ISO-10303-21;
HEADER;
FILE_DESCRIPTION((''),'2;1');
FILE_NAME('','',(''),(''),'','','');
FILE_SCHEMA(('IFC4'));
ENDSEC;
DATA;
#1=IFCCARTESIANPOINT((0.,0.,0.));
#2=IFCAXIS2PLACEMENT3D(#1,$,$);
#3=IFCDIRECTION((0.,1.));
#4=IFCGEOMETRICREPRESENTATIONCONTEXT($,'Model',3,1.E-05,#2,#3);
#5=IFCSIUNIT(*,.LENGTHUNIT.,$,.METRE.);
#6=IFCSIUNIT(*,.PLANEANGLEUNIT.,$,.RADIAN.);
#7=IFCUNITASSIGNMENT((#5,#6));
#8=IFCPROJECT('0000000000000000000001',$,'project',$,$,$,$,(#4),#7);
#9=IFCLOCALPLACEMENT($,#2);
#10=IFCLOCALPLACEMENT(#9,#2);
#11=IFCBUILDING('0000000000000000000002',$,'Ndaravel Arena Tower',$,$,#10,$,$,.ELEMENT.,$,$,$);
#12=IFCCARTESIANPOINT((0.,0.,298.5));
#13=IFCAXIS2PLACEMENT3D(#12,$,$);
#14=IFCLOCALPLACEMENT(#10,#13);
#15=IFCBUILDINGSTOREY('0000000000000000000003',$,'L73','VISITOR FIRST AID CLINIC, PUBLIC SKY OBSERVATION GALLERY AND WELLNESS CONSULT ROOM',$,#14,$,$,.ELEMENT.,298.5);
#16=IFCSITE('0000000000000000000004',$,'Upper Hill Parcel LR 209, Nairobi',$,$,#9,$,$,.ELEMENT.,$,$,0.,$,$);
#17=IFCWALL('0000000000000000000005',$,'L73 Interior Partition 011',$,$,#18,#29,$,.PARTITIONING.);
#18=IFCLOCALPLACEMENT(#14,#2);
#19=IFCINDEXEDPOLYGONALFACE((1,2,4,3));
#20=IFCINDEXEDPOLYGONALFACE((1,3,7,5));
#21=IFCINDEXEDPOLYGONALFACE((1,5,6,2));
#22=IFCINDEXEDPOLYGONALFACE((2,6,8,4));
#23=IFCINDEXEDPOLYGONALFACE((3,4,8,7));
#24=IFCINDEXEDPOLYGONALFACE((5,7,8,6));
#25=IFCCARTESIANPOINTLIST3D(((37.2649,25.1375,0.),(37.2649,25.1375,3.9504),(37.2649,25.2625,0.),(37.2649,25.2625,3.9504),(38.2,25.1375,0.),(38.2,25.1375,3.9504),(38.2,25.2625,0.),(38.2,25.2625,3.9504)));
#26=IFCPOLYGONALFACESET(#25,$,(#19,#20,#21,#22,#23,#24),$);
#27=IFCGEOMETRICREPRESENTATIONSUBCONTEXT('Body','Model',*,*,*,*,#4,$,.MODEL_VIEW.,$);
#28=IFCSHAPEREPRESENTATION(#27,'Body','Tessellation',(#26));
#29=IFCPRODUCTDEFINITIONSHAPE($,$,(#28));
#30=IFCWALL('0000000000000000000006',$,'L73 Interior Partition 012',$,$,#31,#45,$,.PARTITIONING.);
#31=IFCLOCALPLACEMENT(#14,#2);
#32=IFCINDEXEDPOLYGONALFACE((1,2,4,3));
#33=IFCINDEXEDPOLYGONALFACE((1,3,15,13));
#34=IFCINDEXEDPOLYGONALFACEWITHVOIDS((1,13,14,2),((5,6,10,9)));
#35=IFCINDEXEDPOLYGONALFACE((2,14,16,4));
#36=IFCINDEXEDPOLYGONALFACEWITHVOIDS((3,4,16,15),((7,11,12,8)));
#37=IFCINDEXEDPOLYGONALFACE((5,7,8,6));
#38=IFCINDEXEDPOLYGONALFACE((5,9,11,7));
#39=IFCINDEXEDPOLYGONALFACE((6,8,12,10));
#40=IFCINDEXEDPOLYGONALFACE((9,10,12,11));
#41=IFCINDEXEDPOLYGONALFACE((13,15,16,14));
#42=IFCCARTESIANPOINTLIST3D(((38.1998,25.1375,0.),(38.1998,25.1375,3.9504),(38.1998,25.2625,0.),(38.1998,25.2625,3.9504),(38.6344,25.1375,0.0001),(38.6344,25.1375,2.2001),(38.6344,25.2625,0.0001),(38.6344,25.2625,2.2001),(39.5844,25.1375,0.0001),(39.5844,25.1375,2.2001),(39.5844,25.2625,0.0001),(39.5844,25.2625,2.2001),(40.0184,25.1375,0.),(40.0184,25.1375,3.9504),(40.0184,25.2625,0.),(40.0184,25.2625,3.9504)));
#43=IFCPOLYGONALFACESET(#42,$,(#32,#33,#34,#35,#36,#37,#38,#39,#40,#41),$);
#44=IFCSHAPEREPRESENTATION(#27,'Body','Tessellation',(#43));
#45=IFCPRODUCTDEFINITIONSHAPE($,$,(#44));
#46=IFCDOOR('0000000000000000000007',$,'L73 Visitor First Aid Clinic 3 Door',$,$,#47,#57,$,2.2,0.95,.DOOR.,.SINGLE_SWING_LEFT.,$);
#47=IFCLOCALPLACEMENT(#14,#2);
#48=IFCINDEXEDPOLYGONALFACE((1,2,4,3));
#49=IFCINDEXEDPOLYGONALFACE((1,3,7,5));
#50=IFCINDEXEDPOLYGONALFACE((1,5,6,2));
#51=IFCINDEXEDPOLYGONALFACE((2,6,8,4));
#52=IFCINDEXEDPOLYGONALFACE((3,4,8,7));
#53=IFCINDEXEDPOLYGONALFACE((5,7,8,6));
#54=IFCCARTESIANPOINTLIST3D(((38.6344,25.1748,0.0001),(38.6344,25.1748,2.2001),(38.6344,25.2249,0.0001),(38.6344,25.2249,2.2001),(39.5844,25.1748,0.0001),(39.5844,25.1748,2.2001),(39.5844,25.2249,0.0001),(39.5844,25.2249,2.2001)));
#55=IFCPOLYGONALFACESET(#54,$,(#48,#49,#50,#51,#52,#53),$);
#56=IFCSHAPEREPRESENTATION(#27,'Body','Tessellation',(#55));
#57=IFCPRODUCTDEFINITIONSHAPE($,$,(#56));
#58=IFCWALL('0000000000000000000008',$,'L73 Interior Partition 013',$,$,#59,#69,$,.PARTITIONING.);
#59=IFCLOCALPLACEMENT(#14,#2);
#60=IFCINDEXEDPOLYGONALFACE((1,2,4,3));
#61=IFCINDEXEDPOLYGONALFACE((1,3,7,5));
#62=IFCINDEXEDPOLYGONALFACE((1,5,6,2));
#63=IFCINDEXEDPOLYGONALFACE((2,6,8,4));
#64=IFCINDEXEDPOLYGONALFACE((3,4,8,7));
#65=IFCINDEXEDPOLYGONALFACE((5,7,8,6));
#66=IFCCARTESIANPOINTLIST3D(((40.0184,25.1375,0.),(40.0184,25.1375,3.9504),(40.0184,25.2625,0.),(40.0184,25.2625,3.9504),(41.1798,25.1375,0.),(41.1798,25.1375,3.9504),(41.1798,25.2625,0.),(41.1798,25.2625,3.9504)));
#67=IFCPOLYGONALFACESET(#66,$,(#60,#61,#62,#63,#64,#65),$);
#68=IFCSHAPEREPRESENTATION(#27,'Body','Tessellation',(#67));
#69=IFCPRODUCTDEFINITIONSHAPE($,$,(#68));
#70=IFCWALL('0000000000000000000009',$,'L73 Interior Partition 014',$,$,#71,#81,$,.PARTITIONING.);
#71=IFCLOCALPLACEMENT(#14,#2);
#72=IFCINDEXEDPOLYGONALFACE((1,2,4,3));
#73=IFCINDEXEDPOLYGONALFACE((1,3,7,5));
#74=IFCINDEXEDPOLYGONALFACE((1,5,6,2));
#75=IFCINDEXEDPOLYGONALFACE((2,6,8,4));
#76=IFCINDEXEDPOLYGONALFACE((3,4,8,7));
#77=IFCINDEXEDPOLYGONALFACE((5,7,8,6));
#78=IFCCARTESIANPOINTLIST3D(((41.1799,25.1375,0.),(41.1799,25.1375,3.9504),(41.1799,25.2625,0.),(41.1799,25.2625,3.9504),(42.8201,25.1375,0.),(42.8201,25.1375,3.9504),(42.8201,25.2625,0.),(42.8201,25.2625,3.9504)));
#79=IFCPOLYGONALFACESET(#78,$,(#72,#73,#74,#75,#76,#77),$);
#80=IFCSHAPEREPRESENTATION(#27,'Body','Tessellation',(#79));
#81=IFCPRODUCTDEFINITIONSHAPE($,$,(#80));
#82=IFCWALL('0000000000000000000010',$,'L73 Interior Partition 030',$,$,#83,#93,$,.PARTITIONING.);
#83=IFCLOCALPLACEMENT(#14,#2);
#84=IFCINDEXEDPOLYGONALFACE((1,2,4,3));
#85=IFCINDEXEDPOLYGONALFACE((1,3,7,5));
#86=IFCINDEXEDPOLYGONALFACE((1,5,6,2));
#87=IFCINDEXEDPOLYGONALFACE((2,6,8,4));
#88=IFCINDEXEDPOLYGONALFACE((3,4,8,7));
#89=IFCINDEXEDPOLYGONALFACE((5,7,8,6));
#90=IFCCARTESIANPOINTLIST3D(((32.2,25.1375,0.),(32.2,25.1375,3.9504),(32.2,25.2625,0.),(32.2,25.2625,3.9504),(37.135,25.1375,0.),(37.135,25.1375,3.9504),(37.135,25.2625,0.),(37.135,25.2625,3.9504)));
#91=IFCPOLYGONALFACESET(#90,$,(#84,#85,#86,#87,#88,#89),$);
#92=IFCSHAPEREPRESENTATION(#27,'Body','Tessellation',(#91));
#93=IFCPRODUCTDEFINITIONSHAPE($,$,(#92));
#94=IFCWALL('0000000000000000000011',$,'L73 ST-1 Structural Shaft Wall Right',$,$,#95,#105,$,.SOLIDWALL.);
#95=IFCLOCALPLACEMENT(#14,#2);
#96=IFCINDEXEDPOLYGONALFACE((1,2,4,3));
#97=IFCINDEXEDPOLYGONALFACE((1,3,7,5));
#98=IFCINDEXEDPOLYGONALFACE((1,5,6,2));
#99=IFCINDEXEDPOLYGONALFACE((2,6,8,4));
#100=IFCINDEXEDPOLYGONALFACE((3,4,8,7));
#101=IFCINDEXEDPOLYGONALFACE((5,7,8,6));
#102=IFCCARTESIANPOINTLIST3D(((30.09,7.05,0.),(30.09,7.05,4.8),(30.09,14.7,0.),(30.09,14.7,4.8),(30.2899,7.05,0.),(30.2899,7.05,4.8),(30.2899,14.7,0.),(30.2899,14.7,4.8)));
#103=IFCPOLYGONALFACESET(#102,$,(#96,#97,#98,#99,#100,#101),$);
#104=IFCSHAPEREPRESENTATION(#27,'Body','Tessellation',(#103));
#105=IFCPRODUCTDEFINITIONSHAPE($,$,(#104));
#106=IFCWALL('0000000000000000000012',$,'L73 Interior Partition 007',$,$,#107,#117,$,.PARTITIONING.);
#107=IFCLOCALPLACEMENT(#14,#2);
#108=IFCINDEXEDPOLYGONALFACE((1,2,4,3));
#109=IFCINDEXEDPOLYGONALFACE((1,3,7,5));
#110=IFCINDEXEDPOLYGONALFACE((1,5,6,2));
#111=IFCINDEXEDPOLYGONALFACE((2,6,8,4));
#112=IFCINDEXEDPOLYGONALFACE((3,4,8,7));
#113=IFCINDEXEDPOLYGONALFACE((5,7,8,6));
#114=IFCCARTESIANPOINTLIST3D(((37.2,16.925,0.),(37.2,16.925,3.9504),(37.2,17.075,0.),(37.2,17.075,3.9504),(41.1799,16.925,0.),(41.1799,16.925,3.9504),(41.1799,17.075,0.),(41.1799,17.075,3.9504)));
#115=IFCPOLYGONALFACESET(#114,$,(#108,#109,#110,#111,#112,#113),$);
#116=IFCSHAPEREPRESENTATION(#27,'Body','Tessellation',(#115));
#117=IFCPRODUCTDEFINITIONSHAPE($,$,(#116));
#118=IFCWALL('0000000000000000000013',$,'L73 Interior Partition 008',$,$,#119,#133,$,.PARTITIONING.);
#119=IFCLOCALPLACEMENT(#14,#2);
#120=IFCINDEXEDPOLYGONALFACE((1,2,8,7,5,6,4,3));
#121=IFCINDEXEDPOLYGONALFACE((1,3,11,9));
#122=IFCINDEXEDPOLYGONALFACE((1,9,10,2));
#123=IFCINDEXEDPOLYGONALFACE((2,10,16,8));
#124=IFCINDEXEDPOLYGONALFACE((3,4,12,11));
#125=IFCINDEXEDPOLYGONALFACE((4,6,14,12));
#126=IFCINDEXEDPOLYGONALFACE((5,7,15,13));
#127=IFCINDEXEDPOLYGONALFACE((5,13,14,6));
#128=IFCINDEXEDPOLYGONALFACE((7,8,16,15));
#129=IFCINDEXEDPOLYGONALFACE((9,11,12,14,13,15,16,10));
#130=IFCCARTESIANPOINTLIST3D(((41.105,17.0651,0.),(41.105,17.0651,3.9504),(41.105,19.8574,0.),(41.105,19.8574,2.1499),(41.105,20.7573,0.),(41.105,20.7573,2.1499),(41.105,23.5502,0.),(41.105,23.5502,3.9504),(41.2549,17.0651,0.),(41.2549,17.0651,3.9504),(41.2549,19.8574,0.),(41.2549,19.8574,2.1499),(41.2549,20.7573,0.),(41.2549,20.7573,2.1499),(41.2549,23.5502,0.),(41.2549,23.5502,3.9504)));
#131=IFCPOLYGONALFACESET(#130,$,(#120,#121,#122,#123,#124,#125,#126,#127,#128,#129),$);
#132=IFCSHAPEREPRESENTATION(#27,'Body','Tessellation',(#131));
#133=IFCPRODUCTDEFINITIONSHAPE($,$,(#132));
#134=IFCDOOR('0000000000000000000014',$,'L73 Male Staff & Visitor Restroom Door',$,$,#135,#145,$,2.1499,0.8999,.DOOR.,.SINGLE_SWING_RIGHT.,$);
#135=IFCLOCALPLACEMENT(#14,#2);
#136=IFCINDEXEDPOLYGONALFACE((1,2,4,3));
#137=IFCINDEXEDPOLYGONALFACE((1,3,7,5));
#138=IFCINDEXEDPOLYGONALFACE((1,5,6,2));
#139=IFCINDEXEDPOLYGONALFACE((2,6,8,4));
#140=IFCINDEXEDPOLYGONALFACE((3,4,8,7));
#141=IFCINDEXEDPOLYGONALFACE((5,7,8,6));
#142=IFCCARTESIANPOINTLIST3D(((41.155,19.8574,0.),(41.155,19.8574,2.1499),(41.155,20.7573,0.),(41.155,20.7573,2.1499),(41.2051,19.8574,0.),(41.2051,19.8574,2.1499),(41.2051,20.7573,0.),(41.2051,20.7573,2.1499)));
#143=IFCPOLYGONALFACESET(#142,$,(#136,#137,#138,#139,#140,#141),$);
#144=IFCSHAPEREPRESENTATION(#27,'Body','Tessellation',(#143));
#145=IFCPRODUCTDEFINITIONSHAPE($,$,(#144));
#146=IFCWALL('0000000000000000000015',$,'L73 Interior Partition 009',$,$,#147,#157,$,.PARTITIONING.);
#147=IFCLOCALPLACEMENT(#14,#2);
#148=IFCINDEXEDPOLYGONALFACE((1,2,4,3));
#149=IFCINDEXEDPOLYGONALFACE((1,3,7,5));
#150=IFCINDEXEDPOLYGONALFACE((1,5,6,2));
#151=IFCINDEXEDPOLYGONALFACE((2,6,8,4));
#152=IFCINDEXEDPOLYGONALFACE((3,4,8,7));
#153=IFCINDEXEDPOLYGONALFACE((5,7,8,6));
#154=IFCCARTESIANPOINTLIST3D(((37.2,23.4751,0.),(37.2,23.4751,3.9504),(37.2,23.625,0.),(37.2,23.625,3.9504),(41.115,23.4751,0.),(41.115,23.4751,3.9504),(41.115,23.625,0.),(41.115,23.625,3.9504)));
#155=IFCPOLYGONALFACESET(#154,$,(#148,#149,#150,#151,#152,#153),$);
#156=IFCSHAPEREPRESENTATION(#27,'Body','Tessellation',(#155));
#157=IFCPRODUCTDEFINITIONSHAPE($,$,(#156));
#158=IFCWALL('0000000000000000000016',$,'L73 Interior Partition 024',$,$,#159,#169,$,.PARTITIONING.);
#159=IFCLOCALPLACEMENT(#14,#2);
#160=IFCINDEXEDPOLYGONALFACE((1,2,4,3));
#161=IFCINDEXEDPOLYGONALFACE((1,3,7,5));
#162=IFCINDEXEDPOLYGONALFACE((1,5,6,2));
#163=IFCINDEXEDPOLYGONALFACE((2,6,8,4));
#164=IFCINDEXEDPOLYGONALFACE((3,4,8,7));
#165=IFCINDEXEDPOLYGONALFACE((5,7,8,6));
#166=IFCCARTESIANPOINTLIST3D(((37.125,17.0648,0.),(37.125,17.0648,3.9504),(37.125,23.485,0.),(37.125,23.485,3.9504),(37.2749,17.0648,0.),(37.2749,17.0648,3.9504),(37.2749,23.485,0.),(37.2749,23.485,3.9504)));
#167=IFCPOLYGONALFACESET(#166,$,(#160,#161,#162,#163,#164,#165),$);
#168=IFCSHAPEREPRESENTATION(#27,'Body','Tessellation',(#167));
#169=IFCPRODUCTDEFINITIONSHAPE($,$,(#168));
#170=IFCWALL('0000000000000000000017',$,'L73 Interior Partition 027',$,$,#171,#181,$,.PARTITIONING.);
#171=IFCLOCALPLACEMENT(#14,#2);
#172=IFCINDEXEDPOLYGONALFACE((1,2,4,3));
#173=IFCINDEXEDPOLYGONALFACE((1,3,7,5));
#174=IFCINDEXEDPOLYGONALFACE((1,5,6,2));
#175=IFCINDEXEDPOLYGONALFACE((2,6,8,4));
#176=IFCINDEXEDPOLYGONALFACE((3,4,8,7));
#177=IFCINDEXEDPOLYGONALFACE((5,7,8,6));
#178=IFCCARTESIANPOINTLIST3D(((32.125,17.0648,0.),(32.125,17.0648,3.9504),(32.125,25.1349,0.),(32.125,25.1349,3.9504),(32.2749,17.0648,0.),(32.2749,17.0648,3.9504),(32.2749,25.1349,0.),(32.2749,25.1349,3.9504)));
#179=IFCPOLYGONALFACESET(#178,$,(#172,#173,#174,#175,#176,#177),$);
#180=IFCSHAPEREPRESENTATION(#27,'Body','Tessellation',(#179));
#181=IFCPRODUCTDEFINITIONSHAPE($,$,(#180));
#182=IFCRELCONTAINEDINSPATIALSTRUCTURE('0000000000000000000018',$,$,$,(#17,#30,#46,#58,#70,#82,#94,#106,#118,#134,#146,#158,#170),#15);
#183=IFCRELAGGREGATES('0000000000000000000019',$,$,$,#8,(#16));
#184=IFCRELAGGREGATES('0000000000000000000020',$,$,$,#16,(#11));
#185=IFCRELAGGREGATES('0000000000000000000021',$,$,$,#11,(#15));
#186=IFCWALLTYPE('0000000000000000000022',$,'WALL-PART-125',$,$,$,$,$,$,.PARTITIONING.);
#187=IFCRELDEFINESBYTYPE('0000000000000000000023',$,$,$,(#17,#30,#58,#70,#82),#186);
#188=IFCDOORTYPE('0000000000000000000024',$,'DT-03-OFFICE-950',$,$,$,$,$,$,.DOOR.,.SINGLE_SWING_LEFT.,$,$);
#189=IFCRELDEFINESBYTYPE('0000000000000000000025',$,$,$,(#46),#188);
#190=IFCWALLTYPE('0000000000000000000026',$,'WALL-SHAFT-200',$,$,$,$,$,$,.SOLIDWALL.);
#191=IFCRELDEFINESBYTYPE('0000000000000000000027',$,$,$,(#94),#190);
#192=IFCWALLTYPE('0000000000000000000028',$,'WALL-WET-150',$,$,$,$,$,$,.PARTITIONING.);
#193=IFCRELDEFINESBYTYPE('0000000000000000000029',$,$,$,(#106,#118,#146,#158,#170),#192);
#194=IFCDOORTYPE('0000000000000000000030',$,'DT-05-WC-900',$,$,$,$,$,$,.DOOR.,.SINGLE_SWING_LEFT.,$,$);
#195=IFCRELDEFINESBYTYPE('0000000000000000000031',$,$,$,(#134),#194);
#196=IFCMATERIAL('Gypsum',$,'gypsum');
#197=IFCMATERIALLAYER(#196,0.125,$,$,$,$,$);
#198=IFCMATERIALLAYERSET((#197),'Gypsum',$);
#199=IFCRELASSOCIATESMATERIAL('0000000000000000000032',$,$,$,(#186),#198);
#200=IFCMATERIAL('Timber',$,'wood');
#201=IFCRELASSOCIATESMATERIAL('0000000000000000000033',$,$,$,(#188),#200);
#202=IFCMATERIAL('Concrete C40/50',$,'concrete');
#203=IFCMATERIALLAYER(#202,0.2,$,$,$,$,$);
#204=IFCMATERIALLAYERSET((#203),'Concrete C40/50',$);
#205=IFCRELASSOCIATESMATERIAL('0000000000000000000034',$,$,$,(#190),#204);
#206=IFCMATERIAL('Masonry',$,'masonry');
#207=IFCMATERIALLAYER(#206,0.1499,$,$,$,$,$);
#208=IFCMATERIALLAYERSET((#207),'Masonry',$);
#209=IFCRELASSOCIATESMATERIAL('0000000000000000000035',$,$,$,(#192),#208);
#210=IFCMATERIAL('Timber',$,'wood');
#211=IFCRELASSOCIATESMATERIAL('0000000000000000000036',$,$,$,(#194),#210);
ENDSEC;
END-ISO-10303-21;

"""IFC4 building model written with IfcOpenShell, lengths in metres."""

from ifc_helpers import new_model, si_unit, direction, frame, frame_2d, origin, place, context, subcontext, project, spatial, rectangle, extrude, material, layer, layer_set, type_object, element, fill, save


model = new_model("IFC4")

# Units and contexts
model_context = context("Model", 3, precision=1e-05, world=origin(), true_north=direction((0.0, 1.0)))
body_context = subcontext(model_context, "Body", "Model", "MODEL_VIEW")
ifc_project = project(units=[si_unit("LENGTHUNIT", "METRE"), si_unit("PLANEANGLEUNIT", "RADIAN")], contexts=[model_context])

# Site, building, storey
site_placement = place(None, origin())
site = spatial("IfcSite", under=ifc_project, at=site_placement, Name="Upper Hill Parcel LR 209, Nairobi", CompositionType="ELEMENT", RefElevation=0.0)
building_placement = place(site_placement, origin())
building = spatial("IfcBuilding", under=site, at=building_placement, Name="Ndaravel Arena Tower", CompositionType="ELEMENT")
storey_placement = place(building_placement, frame((0.0, 0.0, 298.5)))
storey = spatial("IfcBuildingStorey", under=building, at=storey_placement, Name="L73", Description="VISITOR FIRST AID CLINIC, PUBLIC SKY OBSERVATION GALLERY AND WELLNESS CONSULT ROOM", CompositionType="ELEMENT", Elevation=298.5)

# Shared definitions
ifc_material_1 = material(Name="Gypsum", Category="gypsum")
ifc_layer_1 = layer(ifc_material_1, 0.125)
ifc_layer_set_1 = layer_set([ifc_layer_1], Name="Gypsum")
wall_type_1 = type_object("IfcWallType", Name="WALL-PART-125", PredefinedType="PARTITIONING", material=ifc_layer_set_1)

# Wall
wall_1_placement = place(storey_placement, frame((37.2649, 25.2, 0.0), z_axis=(0.0, 0.0, 1.0), x_axis=(1.0, 0.0, 0.0)))
element("IfcWall", 1, at=wall_1_placement, inside=storey, type_object=wall_type_1, Name="L73 Interior Partition 011", PredefinedType="PARTITIONING", context=body_context, shape_type="SweptSolid", body=[
    extrude(rectangle(XDim=0.9351, YDim=0.125, at=frame_2d((0.4675, 0.0))), origin(), (0.0, 0.0, 1.0), 3.9504),
])

# Wall, opening, door
wall_2_placement = place(storey_placement, frame((38.2, 25.2, 0.0), z_axis=(0.0, 0.0, 1.0), x_axis=(1.0, 0.0, 0.0)))
wall_2 = element("IfcWall", 2, at=wall_2_placement, inside=storey, type_object=wall_type_1, Name="L73 Interior Partition 012", PredefinedType="PARTITIONING", context=body_context, shape_type="SweptSolid", body=[
    extrude(rectangle(XDim=1.8186, YDim=0.125, at=frame_2d((0.9092, 0.0))), origin(), (0.0, 0.0, 1.0), 3.9504),
])
opening_1_placement = place(wall_2_placement, frame((0.4343, 0.0, 0.0)))
opening_1 = element("IfcOpeningElement", 3, at=opening_1_placement, cuts=wall_2, PredefinedType="OPENING", context=body_context, shape_type="SweptSolid", body=[
    extrude(rectangle(XDim=0.95, YDim=2.2, at=frame_2d((0.4751, 1.1001))), frame((0.0, 0.0625, 0.0), z_axis=(0.0, -1.0, 0.0), x_axis=(1.0, 0.0, 0.0)), (0.0, 0.0, 1.0), 0.125),
])
ifc_material_2 = material(Name="Timber", Category="wood")
door_type_1 = type_object("IfcDoorType", Name="DT-03-OFFICE-950", OperationType="SINGLE_SWING_LEFT", PredefinedType="DOOR", material=ifc_material_2)
door_1_placement = place(opening_1_placement, origin())
door_1 = element("IfcDoor", 4, at=door_1_placement, inside=storey, type_object=door_type_1, Name="L73 Visitor First Aid Clinic 3 Door", OperationType="SINGLE_SWING_LEFT", OverallHeight=2.2, OverallWidth=0.95, PredefinedType="DOOR", context=body_context, shape_type="SweptSolid", body=[
    extrude(rectangle(XDim=0.95, YDim=2.2, at=frame_2d((0.4751, 1.1001))), frame((0.0, 0.0249, 0.0), z_axis=(0.0, -1.0, 0.0), x_axis=(1.0, 0.0, 0.0)), (0.0, 0.0, 1.0), 0.05),
])
fill(opening_1, door_1)

# Walls
wall_3_placement = place(storey_placement, frame((40.0186, 25.2, 0.0), z_axis=(0.0, 0.0, 1.0), x_axis=(1.0, 0.0, 0.0)))
element("IfcWall", 5, at=wall_3_placement, inside=storey, type_object=wall_type_1, Name="L73 Interior Partition 013", PredefinedType="PARTITIONING", context=body_context, shape_type="SweptSolid", body=[
    extrude(rectangle(XDim=1.1614, YDim=0.125, at=frame_2d((0.5806, 0.0))), origin(), (0.0, 0.0, 1.0), 3.9504),
])
wall_4_placement = place(storey_placement, frame((41.1799, 25.2, 0.0), z_axis=(0.0, 0.0, 1.0), x_axis=(1.0, 0.0, 0.0)))
element("IfcWall", 6, at=wall_4_placement, inside=storey, type_object=wall_type_1, Name="L73 Interior Partition 014", PredefinedType="PARTITIONING", context=body_context, shape_type="SweptSolid", body=[
    extrude(rectangle(XDim=1.6401, YDim=0.125, at=frame_2d((0.8201, 0.0))), origin(), (0.0, 0.0, 1.0), 3.9504),
])
wall_5_placement = place(storey_placement, frame((32.2, 25.2, 0.0), z_axis=(0.0, 0.0, 1.0), x_axis=(1.0, 0.0, 0.0)))
element("IfcWall", 7, at=wall_5_placement, inside=storey, type_object=wall_type_1, Name="L73 Interior Partition 030", PredefinedType="PARTITIONING", context=body_context, shape_type="SweptSolid", body=[
    extrude(rectangle(XDim=4.9351, YDim=0.125, at=frame_2d((2.4675, 0.0))), origin(), (0.0, 0.0, 1.0), 3.9504),
])
ifc_material_3 = material(Name="Concrete C40/50", Category="concrete")
ifc_layer_2 = layer(ifc_material_3, 0.2)
ifc_layer_set_2 = layer_set([ifc_layer_2], Name="Concrete C40/50")
wall_type_2 = type_object("IfcWallType", Name="WALL-SHAFT-200", PredefinedType="SOLIDWALL", material=ifc_layer_set_2)
wall_6_placement = place(storey_placement, frame((30.1899, 14.7, 0.0), z_axis=(0.0, 0.0, 1.0), x_axis=(0.0, -1.0, 0.0)))
element("IfcWall", 8, at=wall_6_placement, inside=storey, type_object=wall_type_2, Name="L73 ST-1 Structural Shaft Wall Right", PredefinedType="SOLIDWALL", context=body_context, shape_type="SweptSolid", body=[
    extrude(rectangle(XDim=7.6499, YDim=0.2, at=frame_2d((3.825, 0.0))), origin(), (0.0, 0.0, 1.0), 4.8),
])
ifc_material_4 = material(Name="Masonry", Category="masonry")
ifc_layer_3 = layer(ifc_material_4, 0.1499)
ifc_layer_set_3 = layer_set([ifc_layer_3], Name="Masonry")
wall_type_3 = type_object("IfcWallType", Name="WALL-WET-150", PredefinedType="PARTITIONING", material=ifc_layer_set_3)
wall_7_placement = place(storey_placement, frame((37.2, 17.0, 0.0), z_axis=(0.0, 0.0, 1.0), x_axis=(1.0, 0.0, 0.0)))
element("IfcWall", 9, at=wall_7_placement, inside=storey, type_object=wall_type_3, Name="L73 Interior Partition 007", PredefinedType="PARTITIONING", context=body_context, shape_type="SweptSolid", body=[
    extrude(rectangle(XDim=3.98, YDim=0.1499, at=frame_2d((1.99, 0.0))), origin(), (0.0, 0.0, 1.0), 3.9504),
])

# Wall, opening, door
wall_8_placement = place(storey_placement, frame((41.1799, 17.0649, 0.0), z_axis=(0.0, 0.0, 1.0), x_axis=(0.0, 1.0, 0.0)))
wall_8 = element("IfcWall", 10, at=wall_8_placement, inside=storey, type_object=wall_type_3, Name="L73 Interior Partition 008", PredefinedType="PARTITIONING", context=body_context, shape_type="SweptSolid", body=[
    extrude(rectangle(XDim=6.4851, YDim=0.1499, at=frame_2d((3.2427, 0.0))), origin(), (0.0, 0.0, 1.0), 3.9504),
])
opening_2_placement = place(wall_8_placement, frame((2.7925, 0.0, 0.0)))
opening_2 = element("IfcOpeningElement", 11, at=opening_2_placement, cuts=wall_8, PredefinedType="OPENING", context=body_context, shape_type="SweptSolid", body=[
    extrude(rectangle(XDim=0.8999, YDim=2.1499, at=frame_2d((0.45, 1.075))), frame((0.0, 0.075, 0.0), z_axis=(0.0, -1.0, 0.0), x_axis=(1.0, 0.0, 0.0)), (0.0, 0.0, 1.0), 0.1499),
])
ifc_material_5 = material(Name="Timber", Category="wood")
door_type_2 = type_object("IfcDoorType", Name="DT-05-WC-900", OperationType="SINGLE_SWING_LEFT", PredefinedType="DOOR", material=ifc_material_5)
door_2_placement = place(opening_2_placement, origin())
door_2 = element("IfcDoor", 12, at=door_2_placement, inside=storey, type_object=door_type_2, Name="L73 Male Staff & Visitor Restroom Door", OperationType="SINGLE_SWING_RIGHT", OverallHeight=2.1499, OverallWidth=0.8999, PredefinedType="DOOR", context=body_context, shape_type="SweptSolid", body=[
    extrude(rectangle(XDim=0.8999, YDim=2.1499, at=frame_2d((0.45, 1.075))), frame((0.0, 0.0249, 0.0), z_axis=(0.0, -1.0, 0.0), x_axis=(1.0, 0.0, 0.0)), (0.0, 0.0, 1.0), 0.05),
])
fill(opening_2, door_2)

# Walls
wall_9_placement = place(storey_placement, frame((41.115, 23.55, 0.0), z_axis=(0.0, 0.0, 1.0), x_axis=(-1.0, 0.0, 0.0)))
element("IfcWall", 13, at=wall_9_placement, inside=storey, type_object=wall_type_3, Name="L73 Interior Partition 009", PredefinedType="PARTITIONING", context=body_context, shape_type="SweptSolid", body=[
    extrude(rectangle(XDim=3.915, YDim=0.1499, at=frame_2d((1.9575, 0.0))), origin(), (0.0, 0.0, 1.0), 3.9504),
])
wall_10_placement = place(storey_placement, frame((37.2, 17.0649, 0.0), z_axis=(0.0, 0.0, 1.0), x_axis=(0.0, 1.0, 0.0)))
element("IfcWall", 14, at=wall_10_placement, inside=storey, type_object=wall_type_3, Name="L73 Interior Partition 024", PredefinedType="PARTITIONING", context=body_context, shape_type="SweptSolid", body=[
    extrude(rectangle(XDim=6.4202, YDim=0.1499, at=frame_2d((3.21, 0.0))), origin(), (0.0, 0.0, 1.0), 3.9504),
])
wall_11_placement = place(storey_placement, frame((32.2, 25.135, 0.0), z_axis=(0.0, 0.0, 1.0), x_axis=(0.0, -1.0, 0.0)))
element("IfcWall", 15, at=wall_11_placement, inside=storey, type_object=wall_type_3, Name="L73 Interior Partition 027", PredefinedType="PARTITIONING", context=body_context, shape_type="SweptSolid", body=[
    extrude(rectangle(XDim=8.0701, YDim=0.1499, at=frame_2d((4.0352, 0.0))), origin(), (0.0, 0.0, 1.0), 3.9504),
])

save(model, "model.ifc")
